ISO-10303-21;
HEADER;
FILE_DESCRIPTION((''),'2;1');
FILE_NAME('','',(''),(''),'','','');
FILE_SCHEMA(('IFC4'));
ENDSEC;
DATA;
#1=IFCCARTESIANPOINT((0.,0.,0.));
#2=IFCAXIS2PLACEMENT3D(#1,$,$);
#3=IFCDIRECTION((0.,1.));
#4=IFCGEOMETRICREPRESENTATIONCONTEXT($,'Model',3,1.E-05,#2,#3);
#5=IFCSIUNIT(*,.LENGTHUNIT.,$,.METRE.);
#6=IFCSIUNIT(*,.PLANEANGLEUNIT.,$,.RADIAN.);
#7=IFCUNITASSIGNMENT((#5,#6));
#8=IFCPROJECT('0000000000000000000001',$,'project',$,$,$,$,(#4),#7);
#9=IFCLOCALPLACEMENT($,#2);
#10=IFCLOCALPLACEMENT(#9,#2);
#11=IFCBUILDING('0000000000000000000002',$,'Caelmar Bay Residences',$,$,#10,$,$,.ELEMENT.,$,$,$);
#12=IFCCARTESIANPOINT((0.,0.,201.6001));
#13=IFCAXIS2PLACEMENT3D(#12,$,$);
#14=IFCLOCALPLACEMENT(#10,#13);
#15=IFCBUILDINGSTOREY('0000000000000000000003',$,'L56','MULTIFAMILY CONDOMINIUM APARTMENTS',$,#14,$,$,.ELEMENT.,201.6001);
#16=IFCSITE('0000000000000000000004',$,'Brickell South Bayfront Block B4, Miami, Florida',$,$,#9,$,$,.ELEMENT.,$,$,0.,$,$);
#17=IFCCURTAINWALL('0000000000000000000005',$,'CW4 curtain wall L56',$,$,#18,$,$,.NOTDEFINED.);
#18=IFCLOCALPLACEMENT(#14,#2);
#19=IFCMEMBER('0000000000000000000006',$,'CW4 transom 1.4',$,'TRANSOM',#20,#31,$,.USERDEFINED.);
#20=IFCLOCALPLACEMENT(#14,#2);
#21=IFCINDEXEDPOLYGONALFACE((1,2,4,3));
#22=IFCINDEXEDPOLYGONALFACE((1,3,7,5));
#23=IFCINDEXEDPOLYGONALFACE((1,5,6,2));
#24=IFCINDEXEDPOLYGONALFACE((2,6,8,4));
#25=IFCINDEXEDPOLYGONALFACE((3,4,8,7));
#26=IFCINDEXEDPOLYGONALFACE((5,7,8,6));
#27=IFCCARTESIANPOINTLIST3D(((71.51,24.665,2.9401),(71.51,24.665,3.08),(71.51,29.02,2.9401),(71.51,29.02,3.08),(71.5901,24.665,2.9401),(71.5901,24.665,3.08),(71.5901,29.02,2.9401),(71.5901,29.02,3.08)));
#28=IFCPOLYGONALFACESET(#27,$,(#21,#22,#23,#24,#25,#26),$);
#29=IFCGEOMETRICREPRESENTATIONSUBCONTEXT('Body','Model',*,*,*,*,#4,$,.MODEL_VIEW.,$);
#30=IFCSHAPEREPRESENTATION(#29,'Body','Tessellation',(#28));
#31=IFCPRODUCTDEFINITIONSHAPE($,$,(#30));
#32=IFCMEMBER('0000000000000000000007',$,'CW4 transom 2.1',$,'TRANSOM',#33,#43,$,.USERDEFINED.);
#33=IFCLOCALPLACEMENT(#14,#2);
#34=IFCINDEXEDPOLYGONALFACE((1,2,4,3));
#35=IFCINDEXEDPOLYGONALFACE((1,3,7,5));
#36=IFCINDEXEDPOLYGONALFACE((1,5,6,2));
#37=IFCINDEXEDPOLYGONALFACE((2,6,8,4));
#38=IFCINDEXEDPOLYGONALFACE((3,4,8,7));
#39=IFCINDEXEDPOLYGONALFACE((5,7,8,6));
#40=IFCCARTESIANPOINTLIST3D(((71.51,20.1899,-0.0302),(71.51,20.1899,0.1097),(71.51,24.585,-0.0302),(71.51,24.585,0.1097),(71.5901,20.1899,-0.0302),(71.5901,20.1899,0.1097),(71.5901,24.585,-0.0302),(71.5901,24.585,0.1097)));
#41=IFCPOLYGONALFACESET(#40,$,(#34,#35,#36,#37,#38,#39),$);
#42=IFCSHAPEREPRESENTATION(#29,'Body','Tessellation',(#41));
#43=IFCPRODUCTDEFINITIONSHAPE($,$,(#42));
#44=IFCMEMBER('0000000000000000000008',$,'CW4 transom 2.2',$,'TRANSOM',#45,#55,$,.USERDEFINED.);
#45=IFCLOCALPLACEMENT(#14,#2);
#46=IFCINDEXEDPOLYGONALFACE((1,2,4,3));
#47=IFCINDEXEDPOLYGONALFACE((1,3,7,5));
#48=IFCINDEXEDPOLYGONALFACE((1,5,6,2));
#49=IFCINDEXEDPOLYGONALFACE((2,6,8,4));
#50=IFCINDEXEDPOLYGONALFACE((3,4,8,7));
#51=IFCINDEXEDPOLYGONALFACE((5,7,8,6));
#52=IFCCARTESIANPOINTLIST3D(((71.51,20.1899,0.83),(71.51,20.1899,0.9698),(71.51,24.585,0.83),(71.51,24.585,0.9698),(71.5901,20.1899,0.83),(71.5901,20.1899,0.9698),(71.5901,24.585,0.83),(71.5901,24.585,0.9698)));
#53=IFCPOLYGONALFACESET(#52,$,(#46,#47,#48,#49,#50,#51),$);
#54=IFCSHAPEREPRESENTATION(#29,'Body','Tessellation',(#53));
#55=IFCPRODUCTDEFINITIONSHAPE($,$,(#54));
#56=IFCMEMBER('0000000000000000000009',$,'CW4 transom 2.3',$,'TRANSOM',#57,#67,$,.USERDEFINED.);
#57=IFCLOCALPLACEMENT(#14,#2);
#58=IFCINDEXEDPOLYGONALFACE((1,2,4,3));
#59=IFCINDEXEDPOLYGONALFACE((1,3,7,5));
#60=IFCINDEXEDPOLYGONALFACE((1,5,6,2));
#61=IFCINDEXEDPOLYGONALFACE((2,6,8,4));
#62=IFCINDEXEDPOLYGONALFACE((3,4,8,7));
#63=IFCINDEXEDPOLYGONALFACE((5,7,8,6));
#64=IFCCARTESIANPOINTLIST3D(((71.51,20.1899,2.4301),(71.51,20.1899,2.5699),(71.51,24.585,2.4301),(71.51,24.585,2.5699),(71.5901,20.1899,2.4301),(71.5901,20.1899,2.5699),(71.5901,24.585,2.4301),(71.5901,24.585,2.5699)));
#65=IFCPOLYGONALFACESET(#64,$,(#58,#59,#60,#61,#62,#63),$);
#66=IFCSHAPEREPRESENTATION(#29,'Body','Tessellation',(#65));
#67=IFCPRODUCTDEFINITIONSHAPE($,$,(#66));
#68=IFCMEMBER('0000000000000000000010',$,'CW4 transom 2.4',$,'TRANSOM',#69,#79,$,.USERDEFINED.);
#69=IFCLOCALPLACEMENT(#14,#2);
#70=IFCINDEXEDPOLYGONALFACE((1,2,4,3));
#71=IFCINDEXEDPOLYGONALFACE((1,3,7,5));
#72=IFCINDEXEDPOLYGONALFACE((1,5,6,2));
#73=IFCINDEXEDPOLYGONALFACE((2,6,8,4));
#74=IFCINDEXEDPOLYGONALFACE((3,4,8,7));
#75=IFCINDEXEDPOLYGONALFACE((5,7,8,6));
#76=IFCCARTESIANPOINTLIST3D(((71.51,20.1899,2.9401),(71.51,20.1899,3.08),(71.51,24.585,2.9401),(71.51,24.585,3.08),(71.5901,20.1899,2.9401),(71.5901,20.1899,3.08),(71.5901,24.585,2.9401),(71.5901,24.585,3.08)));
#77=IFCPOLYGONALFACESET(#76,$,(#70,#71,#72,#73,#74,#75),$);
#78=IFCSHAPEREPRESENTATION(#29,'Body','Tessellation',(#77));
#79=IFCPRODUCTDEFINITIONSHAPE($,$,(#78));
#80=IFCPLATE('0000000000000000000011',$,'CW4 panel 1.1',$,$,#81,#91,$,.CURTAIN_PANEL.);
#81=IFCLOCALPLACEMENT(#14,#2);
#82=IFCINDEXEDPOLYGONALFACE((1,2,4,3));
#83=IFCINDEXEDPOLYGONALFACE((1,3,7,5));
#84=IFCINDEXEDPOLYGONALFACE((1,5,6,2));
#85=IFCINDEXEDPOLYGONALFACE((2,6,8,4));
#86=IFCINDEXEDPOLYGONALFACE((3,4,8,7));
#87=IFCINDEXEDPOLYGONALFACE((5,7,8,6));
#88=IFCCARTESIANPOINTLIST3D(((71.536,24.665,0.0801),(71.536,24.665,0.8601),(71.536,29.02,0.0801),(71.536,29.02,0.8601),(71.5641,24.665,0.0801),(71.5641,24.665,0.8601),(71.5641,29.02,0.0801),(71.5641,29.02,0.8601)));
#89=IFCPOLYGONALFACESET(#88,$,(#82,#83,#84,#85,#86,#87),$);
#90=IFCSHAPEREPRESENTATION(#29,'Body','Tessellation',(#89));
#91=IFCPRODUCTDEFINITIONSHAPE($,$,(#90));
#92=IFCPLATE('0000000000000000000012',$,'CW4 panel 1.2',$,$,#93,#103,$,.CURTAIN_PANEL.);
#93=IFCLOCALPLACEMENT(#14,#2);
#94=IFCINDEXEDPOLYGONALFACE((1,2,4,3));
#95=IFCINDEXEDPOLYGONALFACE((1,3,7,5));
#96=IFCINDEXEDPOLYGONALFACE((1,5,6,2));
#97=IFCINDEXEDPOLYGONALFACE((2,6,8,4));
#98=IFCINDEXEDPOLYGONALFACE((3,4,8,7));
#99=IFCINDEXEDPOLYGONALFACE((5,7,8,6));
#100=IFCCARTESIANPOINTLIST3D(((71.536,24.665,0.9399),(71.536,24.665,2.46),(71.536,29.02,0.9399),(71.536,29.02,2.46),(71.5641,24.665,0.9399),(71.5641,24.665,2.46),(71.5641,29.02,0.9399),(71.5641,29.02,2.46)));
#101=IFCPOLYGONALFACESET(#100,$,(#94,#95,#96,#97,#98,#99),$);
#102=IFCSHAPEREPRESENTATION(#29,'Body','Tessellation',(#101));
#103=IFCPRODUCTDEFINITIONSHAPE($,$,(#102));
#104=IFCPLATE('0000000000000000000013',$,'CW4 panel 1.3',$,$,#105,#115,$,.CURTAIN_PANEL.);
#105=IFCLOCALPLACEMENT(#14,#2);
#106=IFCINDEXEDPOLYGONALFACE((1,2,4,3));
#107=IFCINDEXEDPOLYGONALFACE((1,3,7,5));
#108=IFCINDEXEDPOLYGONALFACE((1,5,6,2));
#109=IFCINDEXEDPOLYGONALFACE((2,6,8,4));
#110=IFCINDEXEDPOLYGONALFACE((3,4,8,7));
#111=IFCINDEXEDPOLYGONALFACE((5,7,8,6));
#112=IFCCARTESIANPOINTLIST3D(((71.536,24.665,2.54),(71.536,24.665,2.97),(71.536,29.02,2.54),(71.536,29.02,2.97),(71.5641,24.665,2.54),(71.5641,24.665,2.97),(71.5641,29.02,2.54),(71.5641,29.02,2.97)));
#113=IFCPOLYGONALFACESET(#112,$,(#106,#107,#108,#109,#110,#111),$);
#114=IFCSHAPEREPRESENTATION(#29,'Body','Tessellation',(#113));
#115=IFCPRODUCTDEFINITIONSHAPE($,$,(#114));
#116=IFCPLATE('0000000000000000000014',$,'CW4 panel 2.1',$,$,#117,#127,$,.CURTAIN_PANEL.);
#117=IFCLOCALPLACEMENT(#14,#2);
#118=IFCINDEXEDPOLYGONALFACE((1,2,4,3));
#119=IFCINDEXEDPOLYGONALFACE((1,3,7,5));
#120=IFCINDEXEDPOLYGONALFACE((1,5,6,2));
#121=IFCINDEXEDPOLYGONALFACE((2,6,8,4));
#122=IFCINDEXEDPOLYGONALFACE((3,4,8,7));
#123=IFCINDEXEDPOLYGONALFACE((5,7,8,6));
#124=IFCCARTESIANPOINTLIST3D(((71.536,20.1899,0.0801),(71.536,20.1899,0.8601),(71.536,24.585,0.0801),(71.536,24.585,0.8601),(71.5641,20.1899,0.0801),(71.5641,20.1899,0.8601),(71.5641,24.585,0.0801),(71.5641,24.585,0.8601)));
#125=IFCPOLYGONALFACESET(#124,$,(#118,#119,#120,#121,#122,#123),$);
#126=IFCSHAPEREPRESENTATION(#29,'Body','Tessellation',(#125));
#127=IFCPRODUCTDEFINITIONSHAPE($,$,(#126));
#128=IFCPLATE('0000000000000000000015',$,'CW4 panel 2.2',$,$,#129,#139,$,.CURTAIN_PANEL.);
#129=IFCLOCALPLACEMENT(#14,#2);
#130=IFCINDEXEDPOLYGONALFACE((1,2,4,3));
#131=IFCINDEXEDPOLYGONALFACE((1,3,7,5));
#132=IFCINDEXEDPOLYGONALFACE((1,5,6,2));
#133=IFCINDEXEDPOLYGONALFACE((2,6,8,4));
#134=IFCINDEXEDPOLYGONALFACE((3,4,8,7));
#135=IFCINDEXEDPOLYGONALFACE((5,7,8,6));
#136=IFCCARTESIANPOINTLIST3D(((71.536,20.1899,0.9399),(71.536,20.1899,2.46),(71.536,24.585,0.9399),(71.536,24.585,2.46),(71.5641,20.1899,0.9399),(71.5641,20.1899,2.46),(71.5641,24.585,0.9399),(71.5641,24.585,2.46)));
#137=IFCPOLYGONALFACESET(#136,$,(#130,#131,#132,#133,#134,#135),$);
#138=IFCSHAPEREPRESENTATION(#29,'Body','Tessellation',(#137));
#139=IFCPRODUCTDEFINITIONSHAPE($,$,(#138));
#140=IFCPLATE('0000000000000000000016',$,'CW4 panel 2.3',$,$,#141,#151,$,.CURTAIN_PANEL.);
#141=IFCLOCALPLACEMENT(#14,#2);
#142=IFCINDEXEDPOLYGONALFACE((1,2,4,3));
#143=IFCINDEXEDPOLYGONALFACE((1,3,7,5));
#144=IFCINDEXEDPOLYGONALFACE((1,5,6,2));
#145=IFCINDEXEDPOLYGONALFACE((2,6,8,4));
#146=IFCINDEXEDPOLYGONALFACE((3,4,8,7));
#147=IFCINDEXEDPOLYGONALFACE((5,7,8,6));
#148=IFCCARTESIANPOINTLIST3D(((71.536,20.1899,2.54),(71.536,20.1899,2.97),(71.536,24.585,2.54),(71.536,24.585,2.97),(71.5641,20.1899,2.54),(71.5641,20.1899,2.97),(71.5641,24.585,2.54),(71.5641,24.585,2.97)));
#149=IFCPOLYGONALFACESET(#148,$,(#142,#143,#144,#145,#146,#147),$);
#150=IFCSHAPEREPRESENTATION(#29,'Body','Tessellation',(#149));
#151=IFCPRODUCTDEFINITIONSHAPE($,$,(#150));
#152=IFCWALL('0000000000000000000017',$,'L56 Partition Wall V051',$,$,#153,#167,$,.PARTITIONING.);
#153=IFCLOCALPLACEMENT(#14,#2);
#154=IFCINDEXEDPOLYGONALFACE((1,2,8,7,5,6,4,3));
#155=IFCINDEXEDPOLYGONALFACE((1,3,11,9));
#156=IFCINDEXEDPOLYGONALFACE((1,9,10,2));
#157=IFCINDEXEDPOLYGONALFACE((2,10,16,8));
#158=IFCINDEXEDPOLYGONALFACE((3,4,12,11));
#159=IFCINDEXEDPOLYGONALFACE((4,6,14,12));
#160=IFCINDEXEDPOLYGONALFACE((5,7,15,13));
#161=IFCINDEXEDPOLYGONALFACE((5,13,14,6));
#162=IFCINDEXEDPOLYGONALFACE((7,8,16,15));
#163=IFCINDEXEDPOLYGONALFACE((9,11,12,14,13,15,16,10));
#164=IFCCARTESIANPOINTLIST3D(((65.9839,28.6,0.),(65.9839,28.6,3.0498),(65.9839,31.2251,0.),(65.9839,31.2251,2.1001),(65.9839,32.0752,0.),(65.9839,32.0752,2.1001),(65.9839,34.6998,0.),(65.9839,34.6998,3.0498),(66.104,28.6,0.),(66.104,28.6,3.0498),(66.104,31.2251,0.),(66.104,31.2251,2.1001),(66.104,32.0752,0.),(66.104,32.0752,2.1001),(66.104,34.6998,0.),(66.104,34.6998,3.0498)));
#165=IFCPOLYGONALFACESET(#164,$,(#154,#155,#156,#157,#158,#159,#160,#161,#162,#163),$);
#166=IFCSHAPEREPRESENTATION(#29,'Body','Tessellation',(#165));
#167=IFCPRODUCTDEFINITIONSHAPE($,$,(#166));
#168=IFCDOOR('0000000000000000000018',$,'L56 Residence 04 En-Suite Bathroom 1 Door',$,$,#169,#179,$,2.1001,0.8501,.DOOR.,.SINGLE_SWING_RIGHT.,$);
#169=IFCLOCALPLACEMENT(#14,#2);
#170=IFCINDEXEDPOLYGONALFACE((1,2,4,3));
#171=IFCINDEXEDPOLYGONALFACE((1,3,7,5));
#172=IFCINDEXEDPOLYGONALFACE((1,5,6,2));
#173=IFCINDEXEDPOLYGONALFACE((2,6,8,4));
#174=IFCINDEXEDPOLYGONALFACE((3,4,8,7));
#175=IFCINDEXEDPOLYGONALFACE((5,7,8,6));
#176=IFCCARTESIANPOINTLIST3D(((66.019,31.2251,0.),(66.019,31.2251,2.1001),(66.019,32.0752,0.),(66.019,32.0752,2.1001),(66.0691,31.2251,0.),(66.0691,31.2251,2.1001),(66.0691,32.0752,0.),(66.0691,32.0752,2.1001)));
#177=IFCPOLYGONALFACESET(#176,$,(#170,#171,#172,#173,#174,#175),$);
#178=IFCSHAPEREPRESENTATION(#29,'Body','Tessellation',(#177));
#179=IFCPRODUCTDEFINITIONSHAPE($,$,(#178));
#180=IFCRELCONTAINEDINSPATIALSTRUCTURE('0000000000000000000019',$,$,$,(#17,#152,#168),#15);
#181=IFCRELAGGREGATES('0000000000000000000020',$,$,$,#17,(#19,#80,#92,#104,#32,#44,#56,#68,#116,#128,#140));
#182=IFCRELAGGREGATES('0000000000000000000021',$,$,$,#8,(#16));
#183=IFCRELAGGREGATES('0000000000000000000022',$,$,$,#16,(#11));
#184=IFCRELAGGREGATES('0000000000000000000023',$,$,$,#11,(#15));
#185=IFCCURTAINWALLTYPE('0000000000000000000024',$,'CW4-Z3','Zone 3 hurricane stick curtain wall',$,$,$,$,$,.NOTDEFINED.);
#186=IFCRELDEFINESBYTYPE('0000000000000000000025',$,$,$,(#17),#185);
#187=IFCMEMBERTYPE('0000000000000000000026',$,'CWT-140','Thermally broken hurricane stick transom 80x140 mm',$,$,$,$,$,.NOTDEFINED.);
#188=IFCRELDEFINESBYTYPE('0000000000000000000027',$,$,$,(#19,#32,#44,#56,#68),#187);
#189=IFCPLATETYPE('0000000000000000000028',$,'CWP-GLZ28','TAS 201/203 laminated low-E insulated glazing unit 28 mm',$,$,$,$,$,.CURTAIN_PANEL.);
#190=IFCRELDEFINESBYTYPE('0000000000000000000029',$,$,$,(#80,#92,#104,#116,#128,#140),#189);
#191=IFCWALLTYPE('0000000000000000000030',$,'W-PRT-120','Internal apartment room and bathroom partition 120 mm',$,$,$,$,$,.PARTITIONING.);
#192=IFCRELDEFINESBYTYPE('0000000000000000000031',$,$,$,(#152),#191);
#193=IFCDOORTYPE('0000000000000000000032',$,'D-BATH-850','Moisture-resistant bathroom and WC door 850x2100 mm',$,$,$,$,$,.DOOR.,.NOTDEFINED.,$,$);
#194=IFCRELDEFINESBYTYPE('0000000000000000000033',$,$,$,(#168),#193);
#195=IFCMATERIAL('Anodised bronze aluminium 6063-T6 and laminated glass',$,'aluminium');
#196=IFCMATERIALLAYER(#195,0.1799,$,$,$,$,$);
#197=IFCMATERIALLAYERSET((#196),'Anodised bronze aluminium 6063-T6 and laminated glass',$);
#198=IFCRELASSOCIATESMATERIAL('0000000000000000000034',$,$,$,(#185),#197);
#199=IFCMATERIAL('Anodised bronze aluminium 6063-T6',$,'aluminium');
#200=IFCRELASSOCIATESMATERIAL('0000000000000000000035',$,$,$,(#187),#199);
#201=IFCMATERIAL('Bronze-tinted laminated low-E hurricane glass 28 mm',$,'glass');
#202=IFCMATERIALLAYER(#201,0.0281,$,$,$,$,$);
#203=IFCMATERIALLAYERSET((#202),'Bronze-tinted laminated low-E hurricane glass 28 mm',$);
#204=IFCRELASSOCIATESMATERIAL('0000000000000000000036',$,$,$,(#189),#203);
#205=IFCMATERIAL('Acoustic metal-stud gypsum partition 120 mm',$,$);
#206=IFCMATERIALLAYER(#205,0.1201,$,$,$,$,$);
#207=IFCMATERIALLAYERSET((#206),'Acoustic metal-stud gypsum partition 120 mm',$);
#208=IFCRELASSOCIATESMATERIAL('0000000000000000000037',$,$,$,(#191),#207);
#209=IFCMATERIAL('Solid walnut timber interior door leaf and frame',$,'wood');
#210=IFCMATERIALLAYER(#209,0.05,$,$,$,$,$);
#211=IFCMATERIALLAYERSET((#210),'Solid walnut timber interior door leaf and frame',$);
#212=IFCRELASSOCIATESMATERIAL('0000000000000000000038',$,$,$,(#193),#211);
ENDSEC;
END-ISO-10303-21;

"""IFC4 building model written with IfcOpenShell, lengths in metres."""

from ifc_helpers import new_model, si_unit, direction, frame, frame_2d, origin, origin_2d, place, context, subcontext, project, spatial, rectangle, extrude, material, layer, layer_set, material_profile, profile_set, type_object, element, fill, aggregate, save


model = new_model("IFC4")

# Units and contexts
model_context = context("Model", 3, precision=1e-05, world=origin(), true_north=direction((0.0, 1.0)))
body_context = subcontext(model_context, "Body", "Model", "MODEL_VIEW")
ifc_project = project(units=[si_unit("LENGTHUNIT", "METRE"), si_unit("PLANEANGLEUNIT", "RADIAN")], contexts=[model_context])

# Site, building, storey
site_placement = place(None, origin())
site = spatial("IfcSite", under=ifc_project, at=site_placement, Name="Brickell South Bayfront Block B4, Miami, Florida", CompositionType="ELEMENT", RefElevation=0.0)
building_placement = place(site_placement, origin())
building = spatial("IfcBuilding", under=site, at=building_placement, Name="Caelmar Bay Residences", CompositionType="ELEMENT")
storey_placement = place(building_placement, frame((0.0, 0.0, 201.6001)))
storey = spatial("IfcBuildingStorey", under=building, at=storey_placement, Name="L56", Description="MULTIFAMILY CONDOMINIUM APARTMENTS", CompositionType="ELEMENT", Elevation=201.6001)

# Curtain wall, members, plates
ifc_material_1 = material(Name="Anodised bronze aluminium 6063-T6 and laminated glass", Category="aluminium")
ifc_layer_1 = layer(ifc_material_1, 0.1799)
ifc_layer_set_1 = layer_set([ifc_layer_1], Name="Anodised bronze aluminium 6063-T6 and laminated glass")
curtain_wall_type = type_object("IfcCurtainWallType", Name="CW4-Z3", Description="Zone 3 hurricane stick curtain wall", PredefinedType="NOTDEFINED", material=ifc_layer_set_1)
curtain_wall_placement = place(storey_placement, origin())
curtain_wall = element("IfcCurtainWall", 1, at=curtain_wall_placement, inside=storey, type_object=curtain_wall_type, Name="CW4 curtain wall L56", PredefinedType="NOTDEFINED")
ifc_material_2 = material(Name="Anodised bronze aluminium 6063-T6", Category="aluminium")
ifc_material_profile_1 = material_profile(ifc_material_2, rectangle(XDim=0.0801, YDim=0.1399, at=origin_2d()), Name="CWT-80X140")
ifc_profile_set_1 = profile_set([ifc_material_profile_1], Name="Anodised bronze aluminium 6063-T6")
member_type_1 = type_object("IfcMemberType", Name="CWT-140", Description="Thermally broken hurricane stick transom 80x140 mm", PredefinedType="NOTDEFINED", material=ifc_profile_set_1)
member_1_placement = place(storey_placement, frame((71.55, 29.02, 3.01), z_axis=(0.0, -1.0, 0.0), x_axis=(1.0, 0.0, 0.0)))
member_1 = element("IfcMember", 2, at=member_1_placement, type_object=member_type_1, Name="CW4 transom 1.4", ObjectType="TRANSOM", PredefinedType="USERDEFINED", context=body_context, shape_type="SweptSolid", body=[
    extrude(rectangle(XDim=0.0801, YDim=0.1399, at=origin_2d()), origin(), (0.0, 0.0, 1.0), 4.355),
])
member_2_placement = place(storey_placement, frame((71.55, 24.585, 0.0398), z_axis=(0.0, -1.0, 0.0), x_axis=(1.0, 0.0, 0.0)))
member_2 = element("IfcMember", 3, at=member_2_placement, type_object=member_type_1, Name="CW4 transom 2.1", ObjectType="TRANSOM", PredefinedType="USERDEFINED", context=body_context, shape_type="SweptSolid", body=[
    extrude(rectangle(XDim=0.0801, YDim=0.1399, at=origin_2d()), origin(), (0.0, 0.0, 1.0), 4.395),
])
member_3_placement = place(storey_placement, frame((71.55, 24.585, 0.8999), z_axis=(0.0, -1.0, 0.0), x_axis=(1.0, 0.0, 0.0)))
member_3 = element("IfcMember", 4, at=member_3_placement, type_object=member_type_1, Name="CW4 transom 2.2", ObjectType="TRANSOM", PredefinedType="USERDEFINED", context=body_context, shape_type="SweptSolid", body=[
    extrude(rectangle(XDim=0.0801, YDim=0.1399, at=origin_2d()), origin(), (0.0, 0.0, 1.0), 4.395),
])
member_4_placement = place(storey_placement, frame((71.55, 24.585, 2.5), z_axis=(0.0, -1.0, 0.0), x_axis=(1.0, 0.0, 0.0)))
member_4 = element("IfcMember", 5, at=member_4_placement, type_object=member_type_1, Name="CW4 transom 2.3", ObjectType="TRANSOM", PredefinedType="USERDEFINED", context=body_context, shape_type="SweptSolid", body=[
    extrude(rectangle(XDim=0.0801, YDim=0.1399, at=origin_2d()), origin(), (0.0, 0.0, 1.0), 4.395),
])
member_5_placement = place(storey_placement, frame((71.55, 24.585, 3.01), z_axis=(0.0, -1.0, 0.0), x_axis=(1.0, 0.0, 0.0)))
member_5 = element("IfcMember", 6, at=member_5_placement, type_object=member_type_1, Name="CW4 transom 2.4", ObjectType="TRANSOM", PredefinedType="USERDEFINED", context=body_context, shape_type="SweptSolid", body=[
    extrude(rectangle(XDim=0.0801, YDim=0.1399, at=origin_2d()), origin(), (0.0, 0.0, 1.0), 4.395),
])
ifc_material_3 = material(Name="Bronze-tinted laminated low-E hurricane glass 28 mm", Category="glass")
ifc_layer_2 = layer(ifc_material_3, 0.0281)
ifc_layer_set_2 = layer_set([ifc_layer_2], Name="Bronze-tinted laminated low-E hurricane glass 28 mm")
plate_type = type_object("IfcPlateType", Name="CWP-GLZ28", Description="TAS 201/203 laminated low-E insulated glazing unit 28 mm", PredefinedType="CURTAIN_PANEL", material=ifc_layer_set_2)
plate_1_placement = place(storey_placement, frame((71.55, 26.8425, 0.0801), z_axis=(0.0, 0.0, 1.0), x_axis=(0.0, -1.0, 0.0)))
plate_1 = element("IfcPlate", 7, at=plate_1_placement, type_object=plate_type, Name="CW4 panel 1.1", PredefinedType="CURTAIN_PANEL", context=body_context, shape_type="SweptSolid", body=[
    extrude(rectangle(XDim=4.355, YDim=0.0281, at=origin_2d()), origin(), (0.0, 0.0, 1.0), 0.78),
])
plate_2_placement = place(storey_placement, frame((71.55, 26.8425, 0.9399), z_axis=(0.0, 0.0, 1.0), x_axis=(0.0, -1.0, 0.0)))
plate_2 = element("IfcPlate", 8, at=plate_2_placement, type_object=plate_type, Name="CW4 panel 1.2", PredefinedType="CURTAIN_PANEL", context=body_context, shape_type="SweptSolid", body=[
    extrude(rectangle(XDim=4.355, YDim=0.0281, at=origin_2d()), origin(), (0.0, 0.0, 1.0), 1.52),
])
plate_3_placement = place(storey_placement, frame((71.55, 26.8425, 2.54), z_axis=(0.0, 0.0, 1.0), x_axis=(0.0, -1.0, 0.0)))
plate_3 = element("IfcPlate", 9, at=plate_3_placement, type_object=plate_type, Name="CW4 panel 1.3", PredefinedType="CURTAIN_PANEL", context=body_context, shape_type="SweptSolid", body=[
    extrude(rectangle(XDim=4.355, YDim=0.0281, at=origin_2d()), origin(), (0.0, 0.0, 1.0), 0.4299),
])
plate_4_placement = place(storey_placement, frame((71.55, 22.3875, 0.0801), z_axis=(0.0, 0.0, 1.0), x_axis=(0.0, -1.0, 0.0)))
plate_4 = element("IfcPlate", 10, at=plate_4_placement, type_object=plate_type, Name="CW4 panel 2.1", PredefinedType="CURTAIN_PANEL", context=body_context, shape_type="SweptSolid", body=[
    extrude(rectangle(XDim=4.395, YDim=0.0281, at=origin_2d()), origin(), (0.0, 0.0, 1.0), 0.78),
])
plate_5_placement = place(storey_placement, frame((71.55, 22.3875, 0.9399), z_axis=(0.0, 0.0, 1.0), x_axis=(0.0, -1.0, 0.0)))
plate_5 = element("IfcPlate", 11, at=plate_5_placement, type_object=plate_type, Name="CW4 panel 2.2", PredefinedType="CURTAIN_PANEL", context=body_context, shape_type="SweptSolid", body=[
    extrude(rectangle(XDim=4.395, YDim=0.0281, at=origin_2d()), origin(), (0.0, 0.0, 1.0), 1.52),
])
plate_6_placement = place(storey_placement, frame((71.55, 22.3875, 2.54), z_axis=(0.0, 0.0, 1.0), x_axis=(0.0, -1.0, 0.0)))
plate_6 = element("IfcPlate", 12, at=plate_6_placement, type_object=plate_type, Name="CW4 panel 2.3", PredefinedType="CURTAIN_PANEL", context=body_context, shape_type="SweptSolid", body=[
    extrude(rectangle(XDim=4.395, YDim=0.0281, at=origin_2d()), origin(), (0.0, 0.0, 1.0), 0.4299),
])
aggregate(curtain_wall, [member_1, plate_1, plate_2, plate_3, member_2, member_3, member_4, member_5, plate_4, plate_5, plate_6])

# Wall, opening, door
ifc_material_4 = material(Name="Acoustic metal-stud gypsum partition 120 mm")
ifc_layer_3 = layer(ifc_material_4, 0.1201)
ifc_layer_set_3 = layer_set([ifc_layer_3], Name="Acoustic metal-stud gypsum partition 120 mm")
wall_type = type_object("IfcWallType", Name="W-PRT-120", Description="Internal apartment room and bathroom partition 120 mm", PredefinedType="PARTITIONING", material=ifc_layer_set_3)
wall_placement = place(storey_placement, frame((66.0439, 28.6001, 0.0), z_axis=(0.0, 0.0, 1.0), x_axis=(0.0, 1.0, 0.0)))
wall = element("IfcWall", 13, at=wall_placement, inside=storey, type_object=wall_type, Name="L56 Partition Wall V051", PredefinedType="PARTITIONING", context=body_context, shape_type="SweptSolid", body=[
    extrude(rectangle(XDim=6.0999, YDim=0.1201, at=frame_2d((3.0498, 0.0))), origin(), (0.0, 0.0, 1.0), 3.0498),
])
opening_placement = place(wall_placement, frame((2.625, 0.0, 0.0)))
opening = element("IfcOpeningElement", 14, at=opening_placement, cuts=wall, PredefinedType="OPENING", context=body_context, shape_type="SweptSolid", body=[
    extrude(rectangle(XDim=0.8501, YDim=2.1001, at=frame_2d((0.425, 1.05))), frame((0.0, 0.0701, 0.0), z_axis=(0.0, -1.0, 0.0), x_axis=(1.0, 0.0, 0.0)), (0.0, 0.0, 1.0), 0.1401),
])
ifc_material_5 = material(Name="Solid walnut timber interior door leaf and frame", Category="wood")
ifc_layer_4 = layer(ifc_material_5, 0.05)
ifc_layer_set_4 = layer_set([ifc_layer_4], Name="Solid walnut timber interior door leaf and frame")
door_type = type_object("IfcDoorType", Name="D-BATH-850", Description="Moisture-resistant bathroom and WC door 850x2100 mm", OperationType="NOTDEFINED", PredefinedType="DOOR", material=ifc_layer_set_4)
door_placement = place(opening_placement, origin())
door = element("IfcDoor", 15, at=door_placement, inside=storey, type_object=door_type, Name="L56 Residence 04 En-Suite Bathroom 1 Door", OperationType="SINGLE_SWING_RIGHT", OverallHeight=2.1001, OverallWidth=0.8501, PredefinedType="DOOR", context=body_context, shape_type="SweptSolid", body=[
    extrude(rectangle(XDim=0.8501, YDim=2.1001, at=frame_2d((0.425, 1.05))), frame((0.0, 0.0249, 0.0), z_axis=(0.0, -1.0, 0.0), x_axis=(1.0, 0.0, 0.0)), (0.0, 0.0, 1.0), 0.05),
])
fill(opening, door)

save(model, "model.ifc")
